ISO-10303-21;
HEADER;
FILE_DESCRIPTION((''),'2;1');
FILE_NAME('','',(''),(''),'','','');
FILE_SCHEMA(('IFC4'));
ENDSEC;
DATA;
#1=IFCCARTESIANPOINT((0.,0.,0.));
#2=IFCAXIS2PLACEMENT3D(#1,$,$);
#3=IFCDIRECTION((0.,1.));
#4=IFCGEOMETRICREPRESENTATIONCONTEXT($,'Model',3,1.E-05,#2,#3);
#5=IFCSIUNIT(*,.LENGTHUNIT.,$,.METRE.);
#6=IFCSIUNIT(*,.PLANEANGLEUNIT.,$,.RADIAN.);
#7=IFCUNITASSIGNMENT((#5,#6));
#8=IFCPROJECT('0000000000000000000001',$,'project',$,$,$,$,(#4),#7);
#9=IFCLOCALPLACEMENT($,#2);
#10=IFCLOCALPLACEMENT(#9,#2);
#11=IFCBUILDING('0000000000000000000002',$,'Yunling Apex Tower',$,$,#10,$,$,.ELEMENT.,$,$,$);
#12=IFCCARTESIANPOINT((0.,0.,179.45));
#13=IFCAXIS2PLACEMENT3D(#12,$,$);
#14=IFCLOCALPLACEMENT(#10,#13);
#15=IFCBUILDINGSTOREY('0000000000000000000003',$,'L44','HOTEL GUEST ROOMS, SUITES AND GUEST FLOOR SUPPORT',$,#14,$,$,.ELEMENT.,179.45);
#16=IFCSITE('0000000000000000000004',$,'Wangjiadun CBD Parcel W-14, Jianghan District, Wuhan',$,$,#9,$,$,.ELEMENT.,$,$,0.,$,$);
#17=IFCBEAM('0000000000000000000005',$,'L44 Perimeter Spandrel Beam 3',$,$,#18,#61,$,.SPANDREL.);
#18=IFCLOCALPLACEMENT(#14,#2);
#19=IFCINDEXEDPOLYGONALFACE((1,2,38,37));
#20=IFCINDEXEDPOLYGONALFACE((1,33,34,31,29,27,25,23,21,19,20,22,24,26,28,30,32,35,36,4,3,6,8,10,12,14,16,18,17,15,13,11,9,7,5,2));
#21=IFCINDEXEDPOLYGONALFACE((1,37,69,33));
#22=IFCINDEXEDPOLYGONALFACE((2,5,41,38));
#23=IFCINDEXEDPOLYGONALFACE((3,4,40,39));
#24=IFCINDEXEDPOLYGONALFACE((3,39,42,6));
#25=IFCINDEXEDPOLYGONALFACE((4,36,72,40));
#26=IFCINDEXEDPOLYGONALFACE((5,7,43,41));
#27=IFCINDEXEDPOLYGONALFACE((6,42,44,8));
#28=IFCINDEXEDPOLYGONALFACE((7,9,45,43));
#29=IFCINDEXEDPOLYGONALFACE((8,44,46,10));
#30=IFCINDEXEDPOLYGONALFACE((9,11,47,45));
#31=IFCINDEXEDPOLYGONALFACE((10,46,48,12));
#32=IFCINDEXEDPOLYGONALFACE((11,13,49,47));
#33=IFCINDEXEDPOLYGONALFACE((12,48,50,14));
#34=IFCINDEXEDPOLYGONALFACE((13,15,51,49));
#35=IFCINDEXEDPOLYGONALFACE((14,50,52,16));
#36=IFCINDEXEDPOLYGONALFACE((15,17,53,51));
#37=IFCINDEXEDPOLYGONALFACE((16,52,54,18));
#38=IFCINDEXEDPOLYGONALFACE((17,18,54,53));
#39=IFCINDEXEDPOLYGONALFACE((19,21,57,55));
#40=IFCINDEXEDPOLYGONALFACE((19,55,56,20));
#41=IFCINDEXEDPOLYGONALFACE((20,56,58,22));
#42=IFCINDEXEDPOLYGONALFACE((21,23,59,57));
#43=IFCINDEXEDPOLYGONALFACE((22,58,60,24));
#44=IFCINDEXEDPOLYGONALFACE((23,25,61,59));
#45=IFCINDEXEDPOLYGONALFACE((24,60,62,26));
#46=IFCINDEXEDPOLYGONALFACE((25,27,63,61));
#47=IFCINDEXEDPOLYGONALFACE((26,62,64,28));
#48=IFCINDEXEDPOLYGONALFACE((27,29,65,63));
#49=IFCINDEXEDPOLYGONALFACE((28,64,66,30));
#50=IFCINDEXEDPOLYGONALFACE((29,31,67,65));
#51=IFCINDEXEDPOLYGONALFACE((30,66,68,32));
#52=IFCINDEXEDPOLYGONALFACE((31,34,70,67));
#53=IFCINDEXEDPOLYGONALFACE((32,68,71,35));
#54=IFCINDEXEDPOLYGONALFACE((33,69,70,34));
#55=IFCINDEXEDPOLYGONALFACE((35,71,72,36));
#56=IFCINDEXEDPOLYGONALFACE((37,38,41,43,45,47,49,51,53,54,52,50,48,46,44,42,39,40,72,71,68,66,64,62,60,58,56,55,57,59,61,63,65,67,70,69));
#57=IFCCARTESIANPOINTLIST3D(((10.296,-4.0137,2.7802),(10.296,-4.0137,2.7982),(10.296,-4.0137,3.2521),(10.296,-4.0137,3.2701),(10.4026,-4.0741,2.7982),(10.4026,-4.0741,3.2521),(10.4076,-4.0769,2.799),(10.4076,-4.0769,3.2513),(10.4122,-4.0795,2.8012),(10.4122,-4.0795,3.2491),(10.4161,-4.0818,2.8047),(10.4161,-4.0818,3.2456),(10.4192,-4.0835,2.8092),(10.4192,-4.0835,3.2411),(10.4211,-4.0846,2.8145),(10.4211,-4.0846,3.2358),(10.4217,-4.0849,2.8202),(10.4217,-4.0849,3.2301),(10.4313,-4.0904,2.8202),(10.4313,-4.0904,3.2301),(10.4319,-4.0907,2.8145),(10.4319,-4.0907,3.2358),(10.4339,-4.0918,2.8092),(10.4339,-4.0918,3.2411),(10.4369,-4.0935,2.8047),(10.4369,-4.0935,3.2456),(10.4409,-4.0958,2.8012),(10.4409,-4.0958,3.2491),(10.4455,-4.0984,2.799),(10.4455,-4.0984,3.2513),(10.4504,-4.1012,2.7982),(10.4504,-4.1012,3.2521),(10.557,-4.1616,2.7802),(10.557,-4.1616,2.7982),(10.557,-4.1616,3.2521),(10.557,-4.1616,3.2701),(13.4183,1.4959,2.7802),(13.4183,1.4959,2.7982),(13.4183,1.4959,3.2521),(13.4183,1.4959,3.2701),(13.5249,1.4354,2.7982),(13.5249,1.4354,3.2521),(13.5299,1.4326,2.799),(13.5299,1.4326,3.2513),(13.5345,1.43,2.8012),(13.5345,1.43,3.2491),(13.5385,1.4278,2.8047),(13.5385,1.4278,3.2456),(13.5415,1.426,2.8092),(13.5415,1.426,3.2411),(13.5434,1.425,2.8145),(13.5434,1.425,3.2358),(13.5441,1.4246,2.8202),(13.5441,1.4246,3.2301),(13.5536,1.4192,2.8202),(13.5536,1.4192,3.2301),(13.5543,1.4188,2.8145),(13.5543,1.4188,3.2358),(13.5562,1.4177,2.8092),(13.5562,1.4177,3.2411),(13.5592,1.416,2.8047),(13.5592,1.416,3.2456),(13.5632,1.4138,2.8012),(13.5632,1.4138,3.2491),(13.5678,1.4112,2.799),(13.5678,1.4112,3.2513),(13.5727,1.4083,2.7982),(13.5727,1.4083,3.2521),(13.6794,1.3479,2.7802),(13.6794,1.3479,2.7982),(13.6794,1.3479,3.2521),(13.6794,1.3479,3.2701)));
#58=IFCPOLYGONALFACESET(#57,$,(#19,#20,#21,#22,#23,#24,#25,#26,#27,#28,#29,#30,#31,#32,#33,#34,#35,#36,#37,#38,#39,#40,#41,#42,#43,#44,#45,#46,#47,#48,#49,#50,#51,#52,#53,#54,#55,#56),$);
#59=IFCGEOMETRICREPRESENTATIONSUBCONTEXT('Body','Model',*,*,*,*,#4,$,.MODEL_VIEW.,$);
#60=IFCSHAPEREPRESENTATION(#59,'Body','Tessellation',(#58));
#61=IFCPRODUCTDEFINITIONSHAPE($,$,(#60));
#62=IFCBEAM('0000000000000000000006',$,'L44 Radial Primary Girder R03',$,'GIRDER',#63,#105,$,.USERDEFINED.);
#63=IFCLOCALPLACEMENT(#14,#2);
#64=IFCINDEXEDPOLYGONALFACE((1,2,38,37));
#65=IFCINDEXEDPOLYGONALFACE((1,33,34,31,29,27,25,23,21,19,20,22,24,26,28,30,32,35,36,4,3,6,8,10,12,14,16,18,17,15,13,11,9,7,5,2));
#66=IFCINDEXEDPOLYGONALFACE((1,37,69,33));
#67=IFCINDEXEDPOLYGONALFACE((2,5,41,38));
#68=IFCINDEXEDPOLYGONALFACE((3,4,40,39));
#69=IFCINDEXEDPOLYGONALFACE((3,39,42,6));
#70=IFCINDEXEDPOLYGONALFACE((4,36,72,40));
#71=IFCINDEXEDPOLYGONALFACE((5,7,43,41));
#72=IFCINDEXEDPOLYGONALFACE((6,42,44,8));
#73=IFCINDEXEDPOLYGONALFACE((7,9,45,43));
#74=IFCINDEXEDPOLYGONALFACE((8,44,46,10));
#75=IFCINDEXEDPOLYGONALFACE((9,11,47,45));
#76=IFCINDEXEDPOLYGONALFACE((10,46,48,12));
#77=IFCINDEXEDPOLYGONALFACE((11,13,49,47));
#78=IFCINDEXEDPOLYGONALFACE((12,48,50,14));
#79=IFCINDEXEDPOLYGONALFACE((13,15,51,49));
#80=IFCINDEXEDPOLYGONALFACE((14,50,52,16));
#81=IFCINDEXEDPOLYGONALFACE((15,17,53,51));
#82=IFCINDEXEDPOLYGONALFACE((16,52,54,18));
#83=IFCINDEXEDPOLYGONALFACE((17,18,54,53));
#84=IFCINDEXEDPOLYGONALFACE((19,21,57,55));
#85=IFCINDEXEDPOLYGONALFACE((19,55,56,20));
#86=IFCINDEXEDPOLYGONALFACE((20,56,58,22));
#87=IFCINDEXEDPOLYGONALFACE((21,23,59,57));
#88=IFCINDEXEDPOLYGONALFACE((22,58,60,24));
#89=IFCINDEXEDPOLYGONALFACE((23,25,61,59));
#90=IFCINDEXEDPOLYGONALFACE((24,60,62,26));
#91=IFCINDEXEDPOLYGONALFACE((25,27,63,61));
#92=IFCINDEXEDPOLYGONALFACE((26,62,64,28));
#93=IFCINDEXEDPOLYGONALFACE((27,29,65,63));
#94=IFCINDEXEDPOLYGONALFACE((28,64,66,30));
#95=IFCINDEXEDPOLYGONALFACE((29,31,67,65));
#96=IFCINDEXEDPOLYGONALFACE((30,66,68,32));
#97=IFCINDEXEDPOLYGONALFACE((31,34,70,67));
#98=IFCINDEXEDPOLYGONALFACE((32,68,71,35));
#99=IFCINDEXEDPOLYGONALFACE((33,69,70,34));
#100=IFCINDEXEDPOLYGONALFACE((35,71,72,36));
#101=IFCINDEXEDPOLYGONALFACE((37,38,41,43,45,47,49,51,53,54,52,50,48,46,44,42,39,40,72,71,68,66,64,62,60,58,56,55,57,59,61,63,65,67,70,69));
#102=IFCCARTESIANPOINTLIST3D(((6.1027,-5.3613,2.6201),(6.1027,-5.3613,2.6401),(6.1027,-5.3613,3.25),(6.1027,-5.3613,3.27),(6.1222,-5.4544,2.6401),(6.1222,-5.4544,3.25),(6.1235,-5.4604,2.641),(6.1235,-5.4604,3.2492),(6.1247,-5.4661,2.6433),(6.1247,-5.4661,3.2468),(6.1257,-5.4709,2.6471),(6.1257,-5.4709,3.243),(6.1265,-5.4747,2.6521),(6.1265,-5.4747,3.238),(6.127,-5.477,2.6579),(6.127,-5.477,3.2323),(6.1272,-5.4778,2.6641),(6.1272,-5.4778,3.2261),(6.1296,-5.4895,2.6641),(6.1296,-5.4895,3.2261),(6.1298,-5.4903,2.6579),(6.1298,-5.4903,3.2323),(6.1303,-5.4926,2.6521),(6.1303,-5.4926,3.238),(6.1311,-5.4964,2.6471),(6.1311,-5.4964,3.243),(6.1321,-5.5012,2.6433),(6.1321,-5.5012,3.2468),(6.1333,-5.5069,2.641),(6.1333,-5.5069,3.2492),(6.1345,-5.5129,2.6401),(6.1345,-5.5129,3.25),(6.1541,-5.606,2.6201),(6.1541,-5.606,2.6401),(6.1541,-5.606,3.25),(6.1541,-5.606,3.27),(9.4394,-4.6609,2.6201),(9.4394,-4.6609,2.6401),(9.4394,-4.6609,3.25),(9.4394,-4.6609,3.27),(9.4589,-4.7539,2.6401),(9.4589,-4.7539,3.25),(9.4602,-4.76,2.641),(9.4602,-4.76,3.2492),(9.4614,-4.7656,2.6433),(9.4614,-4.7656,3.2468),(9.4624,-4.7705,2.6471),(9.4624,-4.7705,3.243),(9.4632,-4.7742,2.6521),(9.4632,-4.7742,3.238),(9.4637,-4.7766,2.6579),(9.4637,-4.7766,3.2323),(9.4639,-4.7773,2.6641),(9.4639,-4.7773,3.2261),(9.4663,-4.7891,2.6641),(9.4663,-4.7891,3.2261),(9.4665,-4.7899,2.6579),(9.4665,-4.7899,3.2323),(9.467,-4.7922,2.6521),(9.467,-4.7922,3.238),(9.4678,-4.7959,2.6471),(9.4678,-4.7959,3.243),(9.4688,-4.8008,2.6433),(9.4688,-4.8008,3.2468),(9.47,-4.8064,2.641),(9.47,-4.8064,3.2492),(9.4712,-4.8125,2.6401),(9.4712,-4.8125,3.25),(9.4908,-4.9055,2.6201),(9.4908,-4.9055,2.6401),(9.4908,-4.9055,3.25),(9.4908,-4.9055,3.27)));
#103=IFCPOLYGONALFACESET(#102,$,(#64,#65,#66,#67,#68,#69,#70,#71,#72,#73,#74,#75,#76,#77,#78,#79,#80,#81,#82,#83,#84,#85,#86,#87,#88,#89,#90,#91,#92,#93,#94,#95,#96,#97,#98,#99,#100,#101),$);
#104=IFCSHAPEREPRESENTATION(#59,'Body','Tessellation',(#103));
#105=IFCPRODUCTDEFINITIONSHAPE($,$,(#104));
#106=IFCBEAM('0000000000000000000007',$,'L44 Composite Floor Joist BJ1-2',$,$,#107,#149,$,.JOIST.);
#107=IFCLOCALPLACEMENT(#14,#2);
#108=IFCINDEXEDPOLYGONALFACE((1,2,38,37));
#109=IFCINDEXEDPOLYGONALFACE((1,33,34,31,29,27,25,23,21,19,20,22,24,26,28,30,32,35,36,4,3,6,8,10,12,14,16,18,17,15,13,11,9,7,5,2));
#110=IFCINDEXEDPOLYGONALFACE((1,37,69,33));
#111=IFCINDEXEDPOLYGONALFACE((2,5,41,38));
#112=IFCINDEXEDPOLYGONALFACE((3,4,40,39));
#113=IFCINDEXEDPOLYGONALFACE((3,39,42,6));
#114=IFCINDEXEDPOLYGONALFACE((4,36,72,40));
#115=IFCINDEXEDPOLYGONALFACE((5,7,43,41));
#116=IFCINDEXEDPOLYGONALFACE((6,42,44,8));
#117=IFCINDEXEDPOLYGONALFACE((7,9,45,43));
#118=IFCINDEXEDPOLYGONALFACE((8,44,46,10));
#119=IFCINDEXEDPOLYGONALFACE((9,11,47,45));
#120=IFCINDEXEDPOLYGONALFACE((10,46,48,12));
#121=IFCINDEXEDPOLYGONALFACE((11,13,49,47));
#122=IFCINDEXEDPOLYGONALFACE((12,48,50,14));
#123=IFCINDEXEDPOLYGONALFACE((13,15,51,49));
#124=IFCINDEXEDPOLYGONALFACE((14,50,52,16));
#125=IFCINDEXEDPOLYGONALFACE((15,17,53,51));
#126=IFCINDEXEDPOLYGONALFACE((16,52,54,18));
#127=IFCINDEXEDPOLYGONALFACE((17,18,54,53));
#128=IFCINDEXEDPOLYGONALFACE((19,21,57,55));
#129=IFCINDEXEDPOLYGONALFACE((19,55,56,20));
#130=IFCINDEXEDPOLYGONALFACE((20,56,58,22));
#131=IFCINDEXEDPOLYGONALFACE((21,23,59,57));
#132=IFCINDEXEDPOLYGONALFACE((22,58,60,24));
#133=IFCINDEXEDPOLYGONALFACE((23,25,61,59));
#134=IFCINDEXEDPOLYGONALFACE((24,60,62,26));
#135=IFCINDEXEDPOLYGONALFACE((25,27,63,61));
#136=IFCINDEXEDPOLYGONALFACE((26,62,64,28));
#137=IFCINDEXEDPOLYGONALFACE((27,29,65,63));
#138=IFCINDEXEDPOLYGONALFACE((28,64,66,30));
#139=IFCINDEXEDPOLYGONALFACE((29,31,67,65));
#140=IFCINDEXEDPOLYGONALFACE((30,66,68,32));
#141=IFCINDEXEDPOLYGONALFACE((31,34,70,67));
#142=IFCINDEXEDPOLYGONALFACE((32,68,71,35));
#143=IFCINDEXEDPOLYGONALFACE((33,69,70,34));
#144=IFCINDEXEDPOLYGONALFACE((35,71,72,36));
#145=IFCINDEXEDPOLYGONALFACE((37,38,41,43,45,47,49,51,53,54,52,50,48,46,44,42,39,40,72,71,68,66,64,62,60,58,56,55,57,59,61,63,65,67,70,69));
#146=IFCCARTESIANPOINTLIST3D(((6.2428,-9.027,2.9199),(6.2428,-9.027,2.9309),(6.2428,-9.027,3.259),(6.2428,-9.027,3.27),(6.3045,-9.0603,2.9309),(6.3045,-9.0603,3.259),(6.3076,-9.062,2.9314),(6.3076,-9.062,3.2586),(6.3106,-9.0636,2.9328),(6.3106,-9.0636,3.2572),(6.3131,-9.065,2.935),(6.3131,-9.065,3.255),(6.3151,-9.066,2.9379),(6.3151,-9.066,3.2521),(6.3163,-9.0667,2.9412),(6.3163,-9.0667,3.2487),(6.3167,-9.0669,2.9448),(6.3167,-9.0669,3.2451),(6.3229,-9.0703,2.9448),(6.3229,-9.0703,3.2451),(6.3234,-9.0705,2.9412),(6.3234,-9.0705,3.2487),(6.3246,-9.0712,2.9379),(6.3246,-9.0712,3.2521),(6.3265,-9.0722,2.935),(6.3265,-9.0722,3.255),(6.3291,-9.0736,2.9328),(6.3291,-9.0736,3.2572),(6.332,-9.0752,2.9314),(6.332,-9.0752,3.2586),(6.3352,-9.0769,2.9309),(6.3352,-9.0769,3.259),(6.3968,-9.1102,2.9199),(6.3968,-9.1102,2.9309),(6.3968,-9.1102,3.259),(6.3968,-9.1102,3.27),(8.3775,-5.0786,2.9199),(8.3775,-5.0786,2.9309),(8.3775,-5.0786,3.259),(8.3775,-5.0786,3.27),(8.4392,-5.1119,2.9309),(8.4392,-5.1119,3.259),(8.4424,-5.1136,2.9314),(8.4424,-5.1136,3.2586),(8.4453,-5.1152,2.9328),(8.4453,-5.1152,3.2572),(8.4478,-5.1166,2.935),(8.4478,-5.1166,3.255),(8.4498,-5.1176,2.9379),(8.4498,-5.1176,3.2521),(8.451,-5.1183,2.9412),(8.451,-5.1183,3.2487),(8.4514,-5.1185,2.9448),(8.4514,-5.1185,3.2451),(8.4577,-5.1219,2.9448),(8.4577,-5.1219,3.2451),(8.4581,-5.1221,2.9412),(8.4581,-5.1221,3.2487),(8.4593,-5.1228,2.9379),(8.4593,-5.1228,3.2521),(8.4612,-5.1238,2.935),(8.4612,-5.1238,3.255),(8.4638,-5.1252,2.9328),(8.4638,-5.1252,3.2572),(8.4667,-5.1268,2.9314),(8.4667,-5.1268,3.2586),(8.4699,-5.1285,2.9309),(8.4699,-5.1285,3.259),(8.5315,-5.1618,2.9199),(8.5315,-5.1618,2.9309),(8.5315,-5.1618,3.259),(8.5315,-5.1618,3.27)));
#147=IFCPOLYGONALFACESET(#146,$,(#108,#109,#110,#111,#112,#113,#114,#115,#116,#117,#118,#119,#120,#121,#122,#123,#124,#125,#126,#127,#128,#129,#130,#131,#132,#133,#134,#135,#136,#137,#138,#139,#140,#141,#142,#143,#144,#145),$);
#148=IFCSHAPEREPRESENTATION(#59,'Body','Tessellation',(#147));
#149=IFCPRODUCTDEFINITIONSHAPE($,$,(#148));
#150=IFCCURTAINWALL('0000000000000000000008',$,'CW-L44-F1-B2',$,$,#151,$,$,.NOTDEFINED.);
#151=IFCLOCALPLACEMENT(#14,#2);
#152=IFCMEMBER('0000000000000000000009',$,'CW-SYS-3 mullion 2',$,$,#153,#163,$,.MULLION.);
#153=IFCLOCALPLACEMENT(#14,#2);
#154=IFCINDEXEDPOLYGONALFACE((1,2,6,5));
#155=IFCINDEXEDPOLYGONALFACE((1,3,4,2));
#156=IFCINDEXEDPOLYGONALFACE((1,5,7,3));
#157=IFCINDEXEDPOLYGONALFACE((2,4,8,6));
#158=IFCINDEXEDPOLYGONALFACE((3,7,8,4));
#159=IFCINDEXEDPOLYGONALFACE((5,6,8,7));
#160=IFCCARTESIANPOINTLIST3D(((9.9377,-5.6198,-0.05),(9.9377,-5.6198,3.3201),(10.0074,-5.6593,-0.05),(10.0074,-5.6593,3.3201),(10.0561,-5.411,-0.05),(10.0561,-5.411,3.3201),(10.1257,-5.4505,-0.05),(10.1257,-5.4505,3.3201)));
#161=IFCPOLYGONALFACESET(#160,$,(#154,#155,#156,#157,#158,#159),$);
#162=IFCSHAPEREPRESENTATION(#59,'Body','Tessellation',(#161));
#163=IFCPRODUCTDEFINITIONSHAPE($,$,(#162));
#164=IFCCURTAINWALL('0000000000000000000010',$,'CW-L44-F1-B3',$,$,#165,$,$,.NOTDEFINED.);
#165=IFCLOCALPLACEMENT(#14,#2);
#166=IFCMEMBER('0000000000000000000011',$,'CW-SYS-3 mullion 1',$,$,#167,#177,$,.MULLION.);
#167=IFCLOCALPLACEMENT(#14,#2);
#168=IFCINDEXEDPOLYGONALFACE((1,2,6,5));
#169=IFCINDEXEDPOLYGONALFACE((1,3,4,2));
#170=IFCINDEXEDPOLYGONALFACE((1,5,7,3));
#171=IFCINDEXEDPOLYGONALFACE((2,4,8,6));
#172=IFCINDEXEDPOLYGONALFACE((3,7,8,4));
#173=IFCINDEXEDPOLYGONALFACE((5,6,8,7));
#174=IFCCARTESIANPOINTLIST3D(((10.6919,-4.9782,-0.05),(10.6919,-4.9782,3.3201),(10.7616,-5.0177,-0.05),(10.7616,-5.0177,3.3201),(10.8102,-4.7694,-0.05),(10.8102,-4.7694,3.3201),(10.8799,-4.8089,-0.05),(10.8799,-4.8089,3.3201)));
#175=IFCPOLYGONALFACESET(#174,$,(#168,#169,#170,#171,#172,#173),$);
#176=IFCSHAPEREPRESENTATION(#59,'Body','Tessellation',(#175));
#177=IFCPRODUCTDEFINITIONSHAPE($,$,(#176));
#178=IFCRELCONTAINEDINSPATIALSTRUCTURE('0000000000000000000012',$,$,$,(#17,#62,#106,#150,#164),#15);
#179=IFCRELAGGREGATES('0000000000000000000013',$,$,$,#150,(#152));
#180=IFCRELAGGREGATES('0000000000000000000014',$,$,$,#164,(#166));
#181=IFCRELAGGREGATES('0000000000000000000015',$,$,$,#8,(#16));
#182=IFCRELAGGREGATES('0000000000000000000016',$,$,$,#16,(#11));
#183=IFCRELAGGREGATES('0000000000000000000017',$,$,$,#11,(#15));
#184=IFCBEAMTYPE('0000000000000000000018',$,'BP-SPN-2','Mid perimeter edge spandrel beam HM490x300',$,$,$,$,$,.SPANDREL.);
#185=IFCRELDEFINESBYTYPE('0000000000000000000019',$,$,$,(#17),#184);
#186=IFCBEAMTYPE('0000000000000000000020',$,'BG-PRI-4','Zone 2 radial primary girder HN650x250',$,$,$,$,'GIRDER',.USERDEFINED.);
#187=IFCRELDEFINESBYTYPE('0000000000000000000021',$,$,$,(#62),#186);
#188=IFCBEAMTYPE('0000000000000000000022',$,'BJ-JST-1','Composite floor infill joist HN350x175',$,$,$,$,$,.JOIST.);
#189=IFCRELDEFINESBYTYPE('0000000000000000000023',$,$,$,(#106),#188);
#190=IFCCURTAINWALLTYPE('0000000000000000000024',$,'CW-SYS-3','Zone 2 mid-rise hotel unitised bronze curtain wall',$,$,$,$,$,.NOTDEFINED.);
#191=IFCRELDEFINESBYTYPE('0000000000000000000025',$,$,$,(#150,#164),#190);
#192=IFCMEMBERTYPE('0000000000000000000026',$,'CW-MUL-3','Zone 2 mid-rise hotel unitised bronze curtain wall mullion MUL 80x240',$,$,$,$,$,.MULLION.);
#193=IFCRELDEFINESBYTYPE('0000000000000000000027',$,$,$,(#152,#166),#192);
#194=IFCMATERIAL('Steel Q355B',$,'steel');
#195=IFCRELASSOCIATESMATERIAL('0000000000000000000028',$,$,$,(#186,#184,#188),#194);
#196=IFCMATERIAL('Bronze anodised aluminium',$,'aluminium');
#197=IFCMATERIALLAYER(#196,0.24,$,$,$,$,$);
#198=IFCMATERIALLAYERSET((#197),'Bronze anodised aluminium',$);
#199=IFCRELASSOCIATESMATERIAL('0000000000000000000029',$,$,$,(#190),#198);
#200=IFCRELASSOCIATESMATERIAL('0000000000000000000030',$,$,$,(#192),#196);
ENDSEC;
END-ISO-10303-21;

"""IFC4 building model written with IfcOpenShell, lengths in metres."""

from ifc_helpers import new_model, si_unit, direction, frame, origin, origin_2d, place, context, subcontext, project, spatial, rectangle, i_section, extrude, source, transform, mapped, material, layer, layer_set, material_profile, profile_set, type_object, element, aggregate, save


model = new_model("IFC4")

# Units and contexts
model_context = context("Model", 3, precision=1e-05, world=origin(), true_north=direction((0.0, 1.0)))
body_context = subcontext(model_context, "Body", "Model", "MODEL_VIEW")
ifc_project = project(units=[si_unit("LENGTHUNIT", "METRE"), si_unit("PLANEANGLEUNIT", "RADIAN")], contexts=[model_context])

# Site, building, storey
site_placement = place(None, origin())
site = spatial("IfcSite", under=ifc_project, at=site_placement, Name="Wangjiadun CBD Parcel W-14, Jianghan District, Wuhan", CompositionType="ELEMENT", RefElevation=0.0)
building_placement = place(site_placement, origin())
building = spatial("IfcBuilding", under=site, at=building_placement, Name="Yunling Apex Tower", CompositionType="ELEMENT")
storey_placement = place(building_placement, frame((0.0, 0.0, 179.45)))
storey = spatial("IfcBuildingStorey", under=building, at=storey_placement, Name="L44", Description="HOTEL GUEST ROOMS, SUITES AND GUEST FLOOR SUPPORT", CompositionType="ELEMENT", Elevation=179.45)

# Beams
ifc_material_1 = material(Name="Steel Q355B", Category="steel")
ifc_material_profile_1 = material_profile(ifc_material_1, i_section(OverallWidth=0.25, OverallDepth=0.6499, WebThickness=0.012, FlangeThickness=0.02, FilletRadius=0.0239, at=origin_2d()))
ifc_profile_set_1 = profile_set([ifc_material_profile_1], Name="Steel Q355B")
beam_type_1 = type_object("IfcBeamType", Name="BG-PRI-4", Description="Zone 2 radial primary girder HN650x250", ElementType="GIRDER", PredefinedType="USERDEFINED", material=ifc_profile_set_1)
ifc_material_profile_2 = material_profile(ifc_material_1, i_section(OverallWidth=0.3, OverallDepth=0.49, WebThickness=0.011, FlangeThickness=0.0181, FilletRadius=0.022, at=origin_2d()))
ifc_profile_set_2 = profile_set([ifc_material_profile_2], Name="Steel Q355B")
beam_type_2 = type_object("IfcBeamType", Name="BP-SPN-2", Description="Mid perimeter edge spandrel beam HM490x300", PredefinedType="SPANDREL", material=ifc_profile_set_2)
shared_shape_1 = source(origin(), body_context, "Body", "SweptSolid", [
    extrude(i_section(OverallWidth=0.3, OverallDepth=0.49, WebThickness=0.011, FlangeThickness=0.0181, FilletRadius=0.022, at=origin_2d()), origin(), (0.0, 0.0, 1.0), 6.3328),
])
beam_1_placement = place(storey_placement, frame((10.4265, -4.0876, 3.0251), z_axis=(0.493043, 0.870005, 0.0), x_axis=(-0.870005, 0.493043, 0.0)))
element("IfcBeam", 1, at=beam_1_placement, inside=storey, type_object=beam_type_2, Name="L44 Perimeter Spandrel Beam 3", PredefinedType="SPANDREL", context=body_context, shape_type="MappedRepresentation", body=[
    mapped(shared_shape_1, transform((0.0, 0.0, 0.0), scale=1.0)),
])
shared_shape_2 = source(origin(), body_context, "Body", "SweptSolid", [
    extrude(i_section(OverallWidth=0.25, OverallDepth=0.6499, WebThickness=0.012, FlangeThickness=0.02, FilletRadius=0.0239, at=origin_2d()), origin(), (0.0, 0.0, 1.0), 3.4094),
])
beam_2_placement = place(storey_placement, frame((9.4651, -4.7832, 2.9451), z_axis=(-0.978669, -0.205444, 0.0), x_axis=(0.205444, -0.978669, 0.0)))
element("IfcBeam", 2, at=beam_2_placement, inside=storey, type_object=beam_type_1, Name="L44 Radial Primary Girder R03", ObjectType="GIRDER", PredefinedType="USERDEFINED", context=body_context, shape_type="MappedRepresentation", body=[
    mapped(shared_shape_2, transform((0.0, 0.0, 0.0), scale=1.0)),
])
ifc_material_profile_3 = material_profile(ifc_material_1, i_section(OverallWidth=0.175, OverallDepth=0.3501, WebThickness=0.0071, FlangeThickness=0.011, FilletRadius=0.0139, at=origin_2d()))
ifc_profile_set_3 = profile_set([ifc_material_profile_3], Name="Steel Q355B")
beam_type_3 = type_object("IfcBeamType", Name="BJ-JST-1", Description="Composite floor infill joist HN350x175", PredefinedType="JOIST", material=ifc_profile_set_3)
shared_shape_3 = source(origin(), body_context, "Body", "SweptSolid", [
    extrude(i_section(OverallWidth=0.175, OverallDepth=0.3501, WebThickness=0.0071, FlangeThickness=0.011, FilletRadius=0.0139, at=origin_2d()), origin(), (0.0, 0.0, 1.0), 4.4885),
])
beam_3_placement = place(storey_placement, frame((6.3198, -9.0686, 3.095), z_axis=(0.475594, 0.879665, 0.0), x_axis=(-0.879665, 0.475594, 0.0)))
element("IfcBeam", 3, at=beam_3_placement, inside=storey, type_object=beam_type_3, Name="L44 Composite Floor Joist BJ1-2", PredefinedType="JOIST", context=body_context, shape_type="MappedRepresentation", body=[
    mapped(shared_shape_3, transform((0.0, 0.0, 0.0), scale=1.0)),
])

# Curtain wall, member
ifc_material_2 = material(Name="Bronze anodised aluminium", Category="aluminium")
ifc_layer_1 = layer(ifc_material_2, 0.24)
ifc_layer_set_1 = layer_set([ifc_layer_1], Name="Bronze anodised aluminium")
curtain_wall_type = type_object("IfcCurtainWallType", Name="CW-SYS-3", Description="Zone 2 mid-rise hotel unitised bronze curtain wall", PredefinedType="NOTDEFINED", material=ifc_layer_set_1)
curtain_wall_1_placement = place(storey_placement, origin())
curtain_wall_1 = element("IfcCurtainWall", 4, at=curtain_wall_1_placement, inside=storey, type_object=curtain_wall_type, Name="CW-L44-F1-B2", PredefinedType="NOTDEFINED")
ifc_material_profile_4 = material_profile(ifc_material_2, rectangle(XDim=0.0801, YDim=0.24, at=origin_2d()))
ifc_profile_set_4 = profile_set([ifc_material_profile_4], Name="Bronze anodised aluminium")
member_type_1 = type_object("IfcMemberType", Name="CW-MUL-3", Description="Zone 2 mid-rise hotel unitised bronze curtain wall mullion MUL 80x240", PredefinedType="MULLION", material=ifc_profile_set_4)
shared_shape_4 = source(origin(), body_context, "Body", "SweptSolid", [
    extrude(rectangle(XDim=0.0801, YDim=0.24, at=origin_2d()), origin(), (0.0, 0.0, 1.0), 3.3701),
])
member_1_placement = place(storey_placement, frame((10.0317, -5.5352, -0.05), z_axis=(0.0, 0.0, 1.0), x_axis=(-0.870003, 0.493047, 0.0)))
member_1 = element("IfcMember", 5, at=member_1_placement, type_object=member_type_1, Name="CW-SYS-3 mullion 2", PredefinedType="MULLION", context=body_context, shape_type="MappedRepresentation", body=[
    mapped(shared_shape_4, transform((0.0, 0.0, 0.0), scale=1.0)),
])

# Curtain wall, member
curtain_wall_2_placement = place(storey_placement, origin())
curtain_wall_2 = element("IfcCurtainWall", 6, at=curtain_wall_2_placement, inside=storey, type_object=curtain_wall_type, Name="CW-L44-F1-B3", PredefinedType="NOTDEFINED")
member_2_placement = place(storey_placement, frame((10.7859, -4.8936, -0.05), z_axis=(0.0, 0.0, 1.0), x_axis=(-0.870009, 0.493035, 0.0)))
member_2 = element("IfcMember", 7, at=member_2_placement, type_object=member_type_1, Name="CW-SYS-3 mullion 1", PredefinedType="MULLION", context=body_context, shape_type="MappedRepresentation", body=[
    mapped(shared_shape_4, transform((0.0, 0.0, 0.0), scale=1.0)),
])

aggregate(curtain_wall_1, [member_1])
aggregate(curtain_wall_2, [member_2])

save(model, "model.ifc")
